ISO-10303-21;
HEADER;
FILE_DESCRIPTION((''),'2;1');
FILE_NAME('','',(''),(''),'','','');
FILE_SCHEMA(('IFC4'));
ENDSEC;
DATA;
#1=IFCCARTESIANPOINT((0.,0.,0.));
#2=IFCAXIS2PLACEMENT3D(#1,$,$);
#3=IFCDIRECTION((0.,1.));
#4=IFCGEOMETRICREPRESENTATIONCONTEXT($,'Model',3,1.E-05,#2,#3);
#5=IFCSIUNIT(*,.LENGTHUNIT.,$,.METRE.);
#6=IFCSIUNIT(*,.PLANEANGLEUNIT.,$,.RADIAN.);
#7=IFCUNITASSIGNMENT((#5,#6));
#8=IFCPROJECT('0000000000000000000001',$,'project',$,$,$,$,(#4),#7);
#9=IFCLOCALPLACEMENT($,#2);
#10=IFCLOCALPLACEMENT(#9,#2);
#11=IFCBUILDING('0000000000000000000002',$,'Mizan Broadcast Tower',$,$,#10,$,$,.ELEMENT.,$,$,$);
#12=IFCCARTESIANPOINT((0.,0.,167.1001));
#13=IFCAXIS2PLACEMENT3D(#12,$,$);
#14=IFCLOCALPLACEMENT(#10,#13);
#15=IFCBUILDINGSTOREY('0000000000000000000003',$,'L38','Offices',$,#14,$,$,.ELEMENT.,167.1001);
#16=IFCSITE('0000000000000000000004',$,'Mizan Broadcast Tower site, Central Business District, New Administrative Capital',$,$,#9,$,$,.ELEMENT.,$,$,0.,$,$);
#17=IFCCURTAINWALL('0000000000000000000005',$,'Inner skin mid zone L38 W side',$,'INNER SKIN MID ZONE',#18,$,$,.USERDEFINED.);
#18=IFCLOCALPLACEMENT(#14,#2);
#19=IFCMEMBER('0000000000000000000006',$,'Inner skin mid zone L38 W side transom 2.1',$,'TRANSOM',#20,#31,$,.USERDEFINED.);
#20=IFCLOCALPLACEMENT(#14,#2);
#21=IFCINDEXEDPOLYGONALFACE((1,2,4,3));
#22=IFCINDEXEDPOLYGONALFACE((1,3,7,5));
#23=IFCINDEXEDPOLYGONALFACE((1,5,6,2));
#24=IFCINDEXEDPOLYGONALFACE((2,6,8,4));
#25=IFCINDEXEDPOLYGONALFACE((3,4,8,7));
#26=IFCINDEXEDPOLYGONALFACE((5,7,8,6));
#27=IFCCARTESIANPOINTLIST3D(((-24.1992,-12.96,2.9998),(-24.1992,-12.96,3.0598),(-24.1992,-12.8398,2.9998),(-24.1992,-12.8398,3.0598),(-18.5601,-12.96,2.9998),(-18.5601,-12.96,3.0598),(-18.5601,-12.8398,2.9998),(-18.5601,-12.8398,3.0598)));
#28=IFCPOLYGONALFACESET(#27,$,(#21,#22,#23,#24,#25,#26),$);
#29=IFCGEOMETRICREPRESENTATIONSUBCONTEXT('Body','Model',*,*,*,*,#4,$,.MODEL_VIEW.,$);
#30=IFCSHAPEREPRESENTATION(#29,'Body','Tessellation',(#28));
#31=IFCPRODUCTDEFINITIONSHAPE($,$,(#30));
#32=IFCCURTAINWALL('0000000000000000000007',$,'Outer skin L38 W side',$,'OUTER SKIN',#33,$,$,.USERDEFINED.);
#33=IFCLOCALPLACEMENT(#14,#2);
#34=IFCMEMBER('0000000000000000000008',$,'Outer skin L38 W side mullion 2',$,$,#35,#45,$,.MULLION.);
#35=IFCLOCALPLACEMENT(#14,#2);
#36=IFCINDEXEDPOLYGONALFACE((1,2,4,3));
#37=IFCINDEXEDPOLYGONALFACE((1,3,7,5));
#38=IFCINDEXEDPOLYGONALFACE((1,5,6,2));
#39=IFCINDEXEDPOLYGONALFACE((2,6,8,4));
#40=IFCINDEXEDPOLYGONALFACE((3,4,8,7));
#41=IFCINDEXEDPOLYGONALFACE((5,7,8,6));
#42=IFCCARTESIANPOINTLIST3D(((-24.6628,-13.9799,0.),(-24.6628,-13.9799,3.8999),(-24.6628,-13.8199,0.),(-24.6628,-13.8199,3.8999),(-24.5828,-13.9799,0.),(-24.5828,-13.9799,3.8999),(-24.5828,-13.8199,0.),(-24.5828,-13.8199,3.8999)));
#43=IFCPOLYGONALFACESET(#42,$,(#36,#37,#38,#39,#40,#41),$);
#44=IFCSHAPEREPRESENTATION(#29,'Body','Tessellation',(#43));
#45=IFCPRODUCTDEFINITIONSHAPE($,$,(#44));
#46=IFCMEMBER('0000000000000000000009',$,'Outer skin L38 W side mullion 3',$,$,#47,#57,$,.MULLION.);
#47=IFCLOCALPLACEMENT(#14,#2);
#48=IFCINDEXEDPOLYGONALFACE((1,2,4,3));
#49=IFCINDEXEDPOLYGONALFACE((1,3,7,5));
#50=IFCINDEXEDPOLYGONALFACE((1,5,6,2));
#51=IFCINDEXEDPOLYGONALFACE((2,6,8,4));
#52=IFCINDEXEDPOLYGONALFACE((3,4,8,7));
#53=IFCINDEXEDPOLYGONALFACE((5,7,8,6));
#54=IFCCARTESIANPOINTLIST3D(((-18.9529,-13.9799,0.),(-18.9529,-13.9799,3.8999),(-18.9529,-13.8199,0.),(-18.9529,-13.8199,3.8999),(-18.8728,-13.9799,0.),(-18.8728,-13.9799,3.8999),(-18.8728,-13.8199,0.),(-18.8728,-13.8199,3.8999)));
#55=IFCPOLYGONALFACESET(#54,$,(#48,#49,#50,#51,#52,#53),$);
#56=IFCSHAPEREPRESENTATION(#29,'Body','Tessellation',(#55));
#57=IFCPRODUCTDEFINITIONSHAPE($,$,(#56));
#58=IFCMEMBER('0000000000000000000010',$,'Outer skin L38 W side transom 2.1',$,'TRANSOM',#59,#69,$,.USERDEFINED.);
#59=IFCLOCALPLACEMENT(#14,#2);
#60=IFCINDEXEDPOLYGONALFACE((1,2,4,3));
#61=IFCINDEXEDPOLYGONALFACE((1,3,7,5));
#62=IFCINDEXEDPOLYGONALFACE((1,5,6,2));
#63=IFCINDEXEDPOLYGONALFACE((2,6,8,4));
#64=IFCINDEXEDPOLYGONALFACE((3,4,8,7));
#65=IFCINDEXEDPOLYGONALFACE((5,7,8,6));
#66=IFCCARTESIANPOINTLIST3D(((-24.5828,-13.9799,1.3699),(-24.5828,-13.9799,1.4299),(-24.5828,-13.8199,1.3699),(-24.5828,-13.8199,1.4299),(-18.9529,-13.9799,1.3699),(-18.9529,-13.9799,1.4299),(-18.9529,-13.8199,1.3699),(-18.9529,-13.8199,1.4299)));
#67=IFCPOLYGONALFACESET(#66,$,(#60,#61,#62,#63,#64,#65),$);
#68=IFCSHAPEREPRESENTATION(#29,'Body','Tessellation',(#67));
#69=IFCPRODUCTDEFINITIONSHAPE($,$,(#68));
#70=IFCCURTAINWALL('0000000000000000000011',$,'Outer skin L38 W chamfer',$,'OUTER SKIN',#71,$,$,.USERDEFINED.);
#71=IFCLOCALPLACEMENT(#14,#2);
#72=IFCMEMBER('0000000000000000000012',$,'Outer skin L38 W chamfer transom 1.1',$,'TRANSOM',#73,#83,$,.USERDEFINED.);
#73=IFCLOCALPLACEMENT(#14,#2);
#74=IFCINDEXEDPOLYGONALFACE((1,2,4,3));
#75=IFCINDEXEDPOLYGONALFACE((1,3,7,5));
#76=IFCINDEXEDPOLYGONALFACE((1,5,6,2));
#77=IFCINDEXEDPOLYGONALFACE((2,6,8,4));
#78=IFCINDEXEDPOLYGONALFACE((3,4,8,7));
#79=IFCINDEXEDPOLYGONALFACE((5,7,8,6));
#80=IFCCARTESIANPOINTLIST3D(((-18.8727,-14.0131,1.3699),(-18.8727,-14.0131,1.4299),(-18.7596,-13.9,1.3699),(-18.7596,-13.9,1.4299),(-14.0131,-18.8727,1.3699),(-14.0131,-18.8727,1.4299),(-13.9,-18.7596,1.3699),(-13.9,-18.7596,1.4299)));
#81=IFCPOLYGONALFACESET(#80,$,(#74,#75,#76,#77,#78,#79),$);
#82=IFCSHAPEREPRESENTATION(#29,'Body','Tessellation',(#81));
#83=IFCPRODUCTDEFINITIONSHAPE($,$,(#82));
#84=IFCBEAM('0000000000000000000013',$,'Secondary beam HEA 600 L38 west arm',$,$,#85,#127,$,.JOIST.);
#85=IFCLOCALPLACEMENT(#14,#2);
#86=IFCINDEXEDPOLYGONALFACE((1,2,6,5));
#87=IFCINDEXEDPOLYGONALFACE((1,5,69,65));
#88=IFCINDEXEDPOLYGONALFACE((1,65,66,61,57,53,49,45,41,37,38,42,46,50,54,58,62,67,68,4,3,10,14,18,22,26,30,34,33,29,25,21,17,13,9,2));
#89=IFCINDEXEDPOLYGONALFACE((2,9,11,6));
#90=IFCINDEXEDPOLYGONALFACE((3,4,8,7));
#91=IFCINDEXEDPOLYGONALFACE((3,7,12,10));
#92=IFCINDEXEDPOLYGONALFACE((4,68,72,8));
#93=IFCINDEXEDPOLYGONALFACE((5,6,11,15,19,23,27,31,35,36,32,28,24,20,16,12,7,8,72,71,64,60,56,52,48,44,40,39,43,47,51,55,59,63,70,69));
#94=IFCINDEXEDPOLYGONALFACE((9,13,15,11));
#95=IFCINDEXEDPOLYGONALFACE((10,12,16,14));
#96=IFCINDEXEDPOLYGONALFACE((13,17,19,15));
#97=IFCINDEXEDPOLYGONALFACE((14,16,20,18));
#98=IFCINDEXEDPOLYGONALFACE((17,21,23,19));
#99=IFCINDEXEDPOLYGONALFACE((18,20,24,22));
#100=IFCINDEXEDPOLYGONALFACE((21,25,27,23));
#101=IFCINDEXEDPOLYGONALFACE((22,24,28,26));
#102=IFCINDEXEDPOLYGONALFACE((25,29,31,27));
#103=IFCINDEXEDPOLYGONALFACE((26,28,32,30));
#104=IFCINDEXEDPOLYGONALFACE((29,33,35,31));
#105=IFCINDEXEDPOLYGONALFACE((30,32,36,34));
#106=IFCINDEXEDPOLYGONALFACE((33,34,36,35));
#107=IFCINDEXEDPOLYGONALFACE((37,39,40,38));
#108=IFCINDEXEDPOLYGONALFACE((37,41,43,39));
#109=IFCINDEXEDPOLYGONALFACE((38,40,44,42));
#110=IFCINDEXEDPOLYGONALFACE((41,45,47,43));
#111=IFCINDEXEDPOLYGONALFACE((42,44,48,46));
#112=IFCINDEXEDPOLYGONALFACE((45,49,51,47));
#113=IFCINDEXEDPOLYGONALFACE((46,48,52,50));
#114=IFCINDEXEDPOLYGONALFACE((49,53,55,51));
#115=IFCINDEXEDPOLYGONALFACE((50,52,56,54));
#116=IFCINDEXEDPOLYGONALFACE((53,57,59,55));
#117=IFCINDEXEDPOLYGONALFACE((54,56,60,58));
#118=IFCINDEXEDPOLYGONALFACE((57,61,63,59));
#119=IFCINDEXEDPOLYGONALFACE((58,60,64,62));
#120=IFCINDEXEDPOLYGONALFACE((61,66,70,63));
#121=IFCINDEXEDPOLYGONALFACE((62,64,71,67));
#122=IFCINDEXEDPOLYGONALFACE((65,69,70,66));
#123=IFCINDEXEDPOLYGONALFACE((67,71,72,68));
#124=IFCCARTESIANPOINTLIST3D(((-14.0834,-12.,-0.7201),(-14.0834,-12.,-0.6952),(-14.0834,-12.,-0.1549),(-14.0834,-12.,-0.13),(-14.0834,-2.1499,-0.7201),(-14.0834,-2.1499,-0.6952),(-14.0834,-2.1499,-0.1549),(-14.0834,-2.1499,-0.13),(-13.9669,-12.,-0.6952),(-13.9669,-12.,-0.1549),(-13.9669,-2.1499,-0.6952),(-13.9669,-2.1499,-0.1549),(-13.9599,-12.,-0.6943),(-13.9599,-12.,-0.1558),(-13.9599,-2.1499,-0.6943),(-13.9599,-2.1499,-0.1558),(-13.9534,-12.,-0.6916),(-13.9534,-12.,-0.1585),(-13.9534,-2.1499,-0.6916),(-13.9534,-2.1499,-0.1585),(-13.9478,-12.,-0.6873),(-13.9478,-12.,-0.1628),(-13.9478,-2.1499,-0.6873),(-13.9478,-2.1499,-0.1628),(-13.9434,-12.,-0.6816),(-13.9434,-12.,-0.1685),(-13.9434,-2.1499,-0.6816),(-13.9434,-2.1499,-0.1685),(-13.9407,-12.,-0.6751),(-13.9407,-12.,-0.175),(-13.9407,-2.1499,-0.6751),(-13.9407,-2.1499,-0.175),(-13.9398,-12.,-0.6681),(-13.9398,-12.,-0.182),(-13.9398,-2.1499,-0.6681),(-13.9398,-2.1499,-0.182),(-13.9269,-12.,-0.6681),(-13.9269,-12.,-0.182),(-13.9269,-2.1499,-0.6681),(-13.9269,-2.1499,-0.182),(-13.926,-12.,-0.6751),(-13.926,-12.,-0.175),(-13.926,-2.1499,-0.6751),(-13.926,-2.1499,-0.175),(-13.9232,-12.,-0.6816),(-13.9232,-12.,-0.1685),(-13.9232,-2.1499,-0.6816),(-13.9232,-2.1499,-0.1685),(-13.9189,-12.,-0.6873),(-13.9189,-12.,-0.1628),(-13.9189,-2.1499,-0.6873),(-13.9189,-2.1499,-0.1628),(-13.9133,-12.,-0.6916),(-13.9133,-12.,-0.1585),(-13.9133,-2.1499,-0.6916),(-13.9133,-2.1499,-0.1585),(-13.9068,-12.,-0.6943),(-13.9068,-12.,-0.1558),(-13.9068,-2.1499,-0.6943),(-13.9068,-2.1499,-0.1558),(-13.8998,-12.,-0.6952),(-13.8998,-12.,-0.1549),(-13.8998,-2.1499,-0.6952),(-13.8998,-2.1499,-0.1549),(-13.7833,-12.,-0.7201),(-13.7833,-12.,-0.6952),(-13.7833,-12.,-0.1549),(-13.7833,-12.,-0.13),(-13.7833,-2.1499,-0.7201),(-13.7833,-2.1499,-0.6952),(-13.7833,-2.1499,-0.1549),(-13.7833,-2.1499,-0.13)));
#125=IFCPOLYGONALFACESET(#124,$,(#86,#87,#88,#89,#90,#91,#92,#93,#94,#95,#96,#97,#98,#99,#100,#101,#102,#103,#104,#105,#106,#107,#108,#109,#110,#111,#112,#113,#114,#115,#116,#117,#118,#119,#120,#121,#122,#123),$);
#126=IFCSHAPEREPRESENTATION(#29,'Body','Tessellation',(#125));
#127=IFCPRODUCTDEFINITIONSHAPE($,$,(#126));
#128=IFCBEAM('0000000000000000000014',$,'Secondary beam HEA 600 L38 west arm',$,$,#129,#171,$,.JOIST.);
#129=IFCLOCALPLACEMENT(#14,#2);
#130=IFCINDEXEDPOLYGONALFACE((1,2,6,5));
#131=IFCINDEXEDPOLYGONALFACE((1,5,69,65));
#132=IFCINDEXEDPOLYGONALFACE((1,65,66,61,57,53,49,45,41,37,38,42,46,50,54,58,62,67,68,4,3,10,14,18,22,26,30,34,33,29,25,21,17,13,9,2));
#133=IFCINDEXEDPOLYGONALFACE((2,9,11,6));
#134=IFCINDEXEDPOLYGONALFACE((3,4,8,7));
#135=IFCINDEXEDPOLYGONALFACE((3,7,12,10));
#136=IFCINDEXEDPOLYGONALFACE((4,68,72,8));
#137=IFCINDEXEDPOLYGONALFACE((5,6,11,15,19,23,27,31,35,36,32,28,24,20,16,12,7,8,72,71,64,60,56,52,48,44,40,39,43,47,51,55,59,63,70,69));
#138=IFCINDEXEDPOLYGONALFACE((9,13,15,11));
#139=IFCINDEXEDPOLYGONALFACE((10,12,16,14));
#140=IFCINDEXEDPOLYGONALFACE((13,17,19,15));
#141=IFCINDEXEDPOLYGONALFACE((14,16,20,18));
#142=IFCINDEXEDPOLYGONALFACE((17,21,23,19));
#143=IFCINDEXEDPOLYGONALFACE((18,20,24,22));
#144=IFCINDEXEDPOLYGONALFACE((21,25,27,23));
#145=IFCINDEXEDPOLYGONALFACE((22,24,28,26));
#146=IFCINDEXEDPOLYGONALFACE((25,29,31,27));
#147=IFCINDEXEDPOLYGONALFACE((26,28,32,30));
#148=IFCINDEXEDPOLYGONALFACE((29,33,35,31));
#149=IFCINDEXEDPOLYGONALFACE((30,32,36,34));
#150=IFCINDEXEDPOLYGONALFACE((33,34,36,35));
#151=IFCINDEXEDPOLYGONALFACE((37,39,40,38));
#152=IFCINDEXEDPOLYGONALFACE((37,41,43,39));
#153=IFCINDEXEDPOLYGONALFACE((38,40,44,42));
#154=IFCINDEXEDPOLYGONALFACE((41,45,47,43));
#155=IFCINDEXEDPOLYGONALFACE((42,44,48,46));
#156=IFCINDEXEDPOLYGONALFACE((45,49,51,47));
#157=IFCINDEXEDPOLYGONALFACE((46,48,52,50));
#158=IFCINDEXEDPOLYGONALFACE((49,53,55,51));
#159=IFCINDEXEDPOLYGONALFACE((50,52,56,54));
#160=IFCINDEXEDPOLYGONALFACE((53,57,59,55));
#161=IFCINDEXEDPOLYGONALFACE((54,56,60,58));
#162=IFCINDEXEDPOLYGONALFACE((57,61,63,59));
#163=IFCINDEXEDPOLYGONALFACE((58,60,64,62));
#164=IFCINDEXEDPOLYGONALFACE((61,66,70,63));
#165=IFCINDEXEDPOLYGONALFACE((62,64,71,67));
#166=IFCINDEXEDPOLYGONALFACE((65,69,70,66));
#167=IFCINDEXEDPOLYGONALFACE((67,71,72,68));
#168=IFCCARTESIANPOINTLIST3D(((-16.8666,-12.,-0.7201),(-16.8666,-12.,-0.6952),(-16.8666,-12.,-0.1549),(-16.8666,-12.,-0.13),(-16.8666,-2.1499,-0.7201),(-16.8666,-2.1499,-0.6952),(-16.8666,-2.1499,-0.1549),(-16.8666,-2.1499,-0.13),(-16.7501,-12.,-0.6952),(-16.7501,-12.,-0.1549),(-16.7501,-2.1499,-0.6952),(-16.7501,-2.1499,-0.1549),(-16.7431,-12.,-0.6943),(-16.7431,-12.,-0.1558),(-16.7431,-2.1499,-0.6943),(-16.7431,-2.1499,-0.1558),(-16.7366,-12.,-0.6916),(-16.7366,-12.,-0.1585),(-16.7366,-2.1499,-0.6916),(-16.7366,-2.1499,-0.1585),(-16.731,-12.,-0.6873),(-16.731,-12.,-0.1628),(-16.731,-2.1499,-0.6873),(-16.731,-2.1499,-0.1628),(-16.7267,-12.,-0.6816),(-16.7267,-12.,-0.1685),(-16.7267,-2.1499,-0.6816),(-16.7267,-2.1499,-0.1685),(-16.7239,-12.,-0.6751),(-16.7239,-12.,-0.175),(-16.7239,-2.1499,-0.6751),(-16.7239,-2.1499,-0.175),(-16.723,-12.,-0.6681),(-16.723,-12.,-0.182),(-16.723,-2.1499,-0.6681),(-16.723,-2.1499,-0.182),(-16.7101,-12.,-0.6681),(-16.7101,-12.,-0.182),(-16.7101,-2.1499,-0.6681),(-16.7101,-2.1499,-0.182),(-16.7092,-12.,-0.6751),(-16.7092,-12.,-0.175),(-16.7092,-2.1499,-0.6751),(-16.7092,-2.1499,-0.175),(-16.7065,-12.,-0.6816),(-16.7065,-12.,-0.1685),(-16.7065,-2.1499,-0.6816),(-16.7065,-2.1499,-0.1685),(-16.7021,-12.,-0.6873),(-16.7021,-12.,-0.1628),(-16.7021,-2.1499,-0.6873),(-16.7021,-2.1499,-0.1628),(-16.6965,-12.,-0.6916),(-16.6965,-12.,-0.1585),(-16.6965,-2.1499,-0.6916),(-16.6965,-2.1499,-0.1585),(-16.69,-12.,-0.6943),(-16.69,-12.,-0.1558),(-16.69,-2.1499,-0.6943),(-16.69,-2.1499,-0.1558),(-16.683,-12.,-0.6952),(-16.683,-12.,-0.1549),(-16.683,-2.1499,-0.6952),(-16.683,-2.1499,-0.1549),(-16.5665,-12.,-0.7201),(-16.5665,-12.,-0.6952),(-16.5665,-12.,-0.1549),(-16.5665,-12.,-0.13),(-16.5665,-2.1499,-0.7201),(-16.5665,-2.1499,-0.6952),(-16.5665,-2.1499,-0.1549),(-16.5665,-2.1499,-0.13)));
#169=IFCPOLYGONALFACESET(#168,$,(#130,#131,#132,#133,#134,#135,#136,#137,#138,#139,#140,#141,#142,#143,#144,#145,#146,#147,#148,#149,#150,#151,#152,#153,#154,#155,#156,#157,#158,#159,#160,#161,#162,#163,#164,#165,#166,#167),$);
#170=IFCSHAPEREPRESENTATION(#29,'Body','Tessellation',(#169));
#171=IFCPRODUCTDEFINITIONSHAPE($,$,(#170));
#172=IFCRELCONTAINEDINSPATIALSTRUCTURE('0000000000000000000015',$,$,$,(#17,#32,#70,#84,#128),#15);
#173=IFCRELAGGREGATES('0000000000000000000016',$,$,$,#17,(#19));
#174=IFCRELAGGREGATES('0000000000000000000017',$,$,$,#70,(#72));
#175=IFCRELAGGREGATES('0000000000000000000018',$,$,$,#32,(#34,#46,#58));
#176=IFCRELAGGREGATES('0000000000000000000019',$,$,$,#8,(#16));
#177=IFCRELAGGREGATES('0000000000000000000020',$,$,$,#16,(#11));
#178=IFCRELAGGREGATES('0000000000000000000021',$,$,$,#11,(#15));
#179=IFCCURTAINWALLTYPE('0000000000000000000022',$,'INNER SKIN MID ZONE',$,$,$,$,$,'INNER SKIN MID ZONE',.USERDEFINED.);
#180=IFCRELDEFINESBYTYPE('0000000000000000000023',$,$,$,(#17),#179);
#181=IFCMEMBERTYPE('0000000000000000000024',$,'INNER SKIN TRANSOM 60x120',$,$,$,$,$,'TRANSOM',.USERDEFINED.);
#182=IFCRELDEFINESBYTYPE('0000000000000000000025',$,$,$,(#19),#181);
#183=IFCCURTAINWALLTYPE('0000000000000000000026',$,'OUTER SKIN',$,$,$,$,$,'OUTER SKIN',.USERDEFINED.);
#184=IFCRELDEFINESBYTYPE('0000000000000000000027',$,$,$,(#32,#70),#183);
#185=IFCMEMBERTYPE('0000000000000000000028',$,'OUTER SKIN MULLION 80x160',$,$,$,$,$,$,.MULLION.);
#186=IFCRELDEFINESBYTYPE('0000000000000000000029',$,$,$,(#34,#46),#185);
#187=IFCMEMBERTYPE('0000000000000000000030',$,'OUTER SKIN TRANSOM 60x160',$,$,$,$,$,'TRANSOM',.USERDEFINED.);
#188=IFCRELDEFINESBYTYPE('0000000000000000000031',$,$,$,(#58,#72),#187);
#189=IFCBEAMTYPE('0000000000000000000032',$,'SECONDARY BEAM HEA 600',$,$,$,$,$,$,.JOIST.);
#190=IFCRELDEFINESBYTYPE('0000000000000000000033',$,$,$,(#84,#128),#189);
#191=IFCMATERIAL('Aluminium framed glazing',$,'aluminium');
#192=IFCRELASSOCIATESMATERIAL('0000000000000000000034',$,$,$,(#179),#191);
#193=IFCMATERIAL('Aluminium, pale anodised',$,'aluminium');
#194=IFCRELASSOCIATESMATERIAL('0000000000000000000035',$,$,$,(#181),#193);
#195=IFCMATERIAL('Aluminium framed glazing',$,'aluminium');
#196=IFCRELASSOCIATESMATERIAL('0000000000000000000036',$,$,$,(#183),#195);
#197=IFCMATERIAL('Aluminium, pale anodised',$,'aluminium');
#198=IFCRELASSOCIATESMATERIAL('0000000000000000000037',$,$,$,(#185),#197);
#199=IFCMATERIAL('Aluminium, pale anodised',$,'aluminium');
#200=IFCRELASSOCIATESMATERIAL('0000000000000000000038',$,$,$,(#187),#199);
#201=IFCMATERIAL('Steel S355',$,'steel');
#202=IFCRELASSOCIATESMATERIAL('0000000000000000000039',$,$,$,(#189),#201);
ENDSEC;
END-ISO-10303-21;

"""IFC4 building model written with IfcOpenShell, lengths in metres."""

from ifc_helpers import new_model, si_unit, direction, frame, origin, origin_2d, place, context, subcontext, project, spatial, rectangle, i_section, extrude, material, material_profile, profile_set, type_object, element, aggregate, save


model = new_model("IFC4")

# Units and contexts
model_context = context("Model", 3, precision=1e-05, world=origin(), true_north=direction((0.0, 1.0)))
body_context = subcontext(model_context, "Body", "Model", "MODEL_VIEW")
ifc_project = project(units=[si_unit("LENGTHUNIT", "METRE"), si_unit("PLANEANGLEUNIT", "RADIAN")], contexts=[model_context])

# Site, building, storey
site_placement = place(None, origin())
site = spatial("IfcSite", under=ifc_project, at=site_placement, Name="Mizan Broadcast Tower site, Central Business District, New Administrative Capital", CompositionType="ELEMENT", RefElevation=0.0)
building_placement = place(site_placement, origin())
building = spatial("IfcBuilding", under=site, at=building_placement, Name="Mizan Broadcast Tower", CompositionType="ELEMENT")
storey_placement = place(building_placement, frame((0.0, 0.0, 167.1001)))
storey = spatial("IfcBuildingStorey", under=building, at=storey_placement, Name="L38", Description="Offices", CompositionType="ELEMENT", Elevation=167.1001)

# Curtain walls, members
ifc_material_1 = material(Name="Aluminium framed glazing", Category="aluminium")
curtain_wall_type_1 = type_object("IfcCurtainWallType", Name="INNER SKIN MID ZONE", ElementType="INNER SKIN MID ZONE", PredefinedType="USERDEFINED", material=ifc_material_1)
curtain_wall_1_placement = place(storey_placement, origin())
curtain_wall_1 = element("IfcCurtainWall", 1, at=curtain_wall_1_placement, inside=storey, type_object=curtain_wall_type_1, Name="Inner skin mid zone L38 W side", ObjectType="INNER SKIN MID ZONE", PredefinedType="USERDEFINED")
ifc_material_2 = material(Name="Aluminium, pale anodised", Category="aluminium")
ifc_material_profile_1 = material_profile(ifc_material_2, rectangle(XDim=0.1201, YDim=0.0601, at=origin_2d()), Name="TRANSOM 120x60")
ifc_profile_set_1 = profile_set([ifc_material_profile_1], Name="Aluminium, pale anodised")
member_type_1 = type_object("IfcMemberType", Name="INNER SKIN TRANSOM 60x120", ElementType="TRANSOM", PredefinedType="USERDEFINED", material=ifc_profile_set_1)
member_1_placement = place(storey_placement, frame((-24.1992, -12.8999, 3.0298), z_axis=(1.0, 0.0, 0.0), x_axis=(0.0, 1.0, 0.0)))
member_1 = element("IfcMember", 2, at=member_1_placement, type_object=member_type_1, Name="Inner skin mid zone L38 W side transom 2.1", ObjectType="TRANSOM", PredefinedType="USERDEFINED", context=body_context, shape_type="SweptSolid", body=[
    extrude(rectangle(XDim=0.1201, YDim=0.0601, at=origin_2d()), origin(), (0.0, 0.0, 1.0), 5.6392),
])
ifc_material_3 = material(Name="Aluminium framed glazing", Category="aluminium")
curtain_wall_type_2 = type_object("IfcCurtainWallType", Name="OUTER SKIN", ElementType="OUTER SKIN", PredefinedType="USERDEFINED", material=ifc_material_3)
curtain_wall_2_placement = place(storey_placement, origin())
curtain_wall_2 = element("IfcCurtainWall", 3, at=curtain_wall_2_placement, inside=storey, type_object=curtain_wall_type_2, Name="Outer skin L38 W side", ObjectType="OUTER SKIN", PredefinedType="USERDEFINED")
ifc_material_4 = material(Name="Aluminium, pale anodised", Category="aluminium")
ifc_material_profile_2 = material_profile(ifc_material_4, rectangle(XDim=0.1599, YDim=0.0801, at=origin_2d()), Name="MULLION 160x80")
ifc_profile_set_2 = profile_set([ifc_material_profile_2], Name="Aluminium, pale anodised")
member_type_2 = type_object("IfcMemberType", Name="OUTER SKIN MULLION 80x160", PredefinedType="MULLION", material=ifc_profile_set_2)
member_2_placement = place(storey_placement, frame((-24.6228, -13.8999, 0.0), z_axis=(0.0, 0.0, 1.0), x_axis=(0.0, 1.0, 0.0)))
member_2 = element("IfcMember", 4, at=member_2_placement, type_object=member_type_2, Name="Outer skin L38 W side mullion 2", PredefinedType="MULLION", context=body_context, shape_type="SweptSolid", body=[
    extrude(rectangle(XDim=0.1599, YDim=0.0801, at=origin_2d()), origin(), (0.0, 0.0, 1.0), 3.8999),
])
member_3_placement = place(storey_placement, frame((-18.9128, -13.8999, 0.0), z_axis=(0.0, 0.0, 1.0), x_axis=(0.0, 1.0, 0.0)))
member_3 = element("IfcMember", 5, at=member_3_placement, type_object=member_type_2, Name="Outer skin L38 W side mullion 3", PredefinedType="MULLION", context=body_context, shape_type="SweptSolid", body=[
    extrude(rectangle(XDim=0.1599, YDim=0.0801, at=origin_2d()), origin(), (0.0, 0.0, 1.0), 3.8999),
])
ifc_material_5 = material(Name="Aluminium, pale anodised", Category="aluminium")
ifc_material_profile_3 = material_profile(ifc_material_5, rectangle(XDim=0.1599, YDim=0.0601, at=origin_2d()), Name="TRANSOM 160x60")
ifc_profile_set_3 = profile_set([ifc_material_profile_3], Name="Aluminium, pale anodised")
member_type_3 = type_object("IfcMemberType", Name="OUTER SKIN TRANSOM 60x160", ElementType="TRANSOM", PredefinedType="USERDEFINED", material=ifc_profile_set_3)
member_4_placement = place(storey_placement, frame((-24.5828, -13.8999, 1.3999), z_axis=(1.0, 0.0, 0.0), x_axis=(0.0, 1.0, 0.0)))
member_4 = element("IfcMember", 6, at=member_4_placement, type_object=member_type_3, Name="Outer skin L38 W side transom 2.1", ObjectType="TRANSOM", PredefinedType="USERDEFINED", context=body_context, shape_type="SweptSolid", body=[
    extrude(rectangle(XDim=0.1599, YDim=0.0601, at=origin_2d()), origin(), (0.0, 0.0, 1.0), 5.6299),
])

# Curtain wall, member
curtain_wall_3_placement = place(storey_placement, origin())
curtain_wall_3 = element("IfcCurtainWall", 7, at=curtain_wall_3_placement, inside=storey, type_object=curtain_wall_type_2, Name="Outer skin L38 W chamfer", ObjectType="OUTER SKIN", PredefinedType="USERDEFINED")
member_5_placement = place(storey_placement, frame((-18.8162, -13.9565, 1.3999), z_axis=(0.707107, -0.707107, 0.0), x_axis=(0.707107, 0.707107, 0.0)))
member_5 = element("IfcMember", 8, at=member_5_placement, type_object=member_type_3, Name="Outer skin L38 W chamfer transom 1.1", ObjectType="TRANSOM", PredefinedType="USERDEFINED", context=body_context, shape_type="SweptSolid", body=[
    extrude(rectangle(XDim=0.1599, YDim=0.0601, at=origin_2d()), origin(), (0.0, 0.0, 1.0), 6.8726),
])

# Beams
ifc_material_6 = material(Name="Steel S355", Category="steel")
ifc_material_profile_4 = material_profile(ifc_material_6, i_section(OverallWidth=0.3, OverallDepth=0.5901, WebThickness=0.0129, FlangeThickness=0.0249, FilletRadius=0.0271, at=origin_2d()), Name="HEA 600")
ifc_profile_set_4 = profile_set([ifc_material_profile_4], Name="Steel S355")
beam_type_1 = type_object("IfcBeamType", Name="SECONDARY BEAM HEA 600", PredefinedType="JOIST", material=ifc_profile_set_4)
for number, where, z_axis, x_axis, name in (
    (9, (-13.9333, -12.0, -0.425), (0.0, 1.0, 0.0), (-1.0, 0.0, 0.0), "Secondary beam HEA 600 L38 west arm"),
    (10, (-16.7166, -12.0, -0.425), (0.0, 1.0, 0.0), (-1.0, 0.0, 0.0), "Secondary beam HEA 600 L38 west arm"),
):
    element("IfcBeam", number, at=place(storey_placement, frame(where, z_axis=z_axis, x_axis=x_axis)), inside=storey, type_object=beam_type_1, Name=name, PredefinedType="JOIST", context=body_context, shape_type="SweptSolid", body=[
        extrude(i_section(OverallWidth=0.3, OverallDepth=0.5901, WebThickness=0.0129, FlangeThickness=0.0249, FilletRadius=0.0271, at=origin_2d()), origin(), (0.0, 0.0, 1.0), 9.8501),
    ])

aggregate(curtain_wall_1, [member_1])
aggregate(curtain_wall_3, [member_5])
aggregate(curtain_wall_2, [member_2, member_3, member_4])

save(model, "model.ifc")
